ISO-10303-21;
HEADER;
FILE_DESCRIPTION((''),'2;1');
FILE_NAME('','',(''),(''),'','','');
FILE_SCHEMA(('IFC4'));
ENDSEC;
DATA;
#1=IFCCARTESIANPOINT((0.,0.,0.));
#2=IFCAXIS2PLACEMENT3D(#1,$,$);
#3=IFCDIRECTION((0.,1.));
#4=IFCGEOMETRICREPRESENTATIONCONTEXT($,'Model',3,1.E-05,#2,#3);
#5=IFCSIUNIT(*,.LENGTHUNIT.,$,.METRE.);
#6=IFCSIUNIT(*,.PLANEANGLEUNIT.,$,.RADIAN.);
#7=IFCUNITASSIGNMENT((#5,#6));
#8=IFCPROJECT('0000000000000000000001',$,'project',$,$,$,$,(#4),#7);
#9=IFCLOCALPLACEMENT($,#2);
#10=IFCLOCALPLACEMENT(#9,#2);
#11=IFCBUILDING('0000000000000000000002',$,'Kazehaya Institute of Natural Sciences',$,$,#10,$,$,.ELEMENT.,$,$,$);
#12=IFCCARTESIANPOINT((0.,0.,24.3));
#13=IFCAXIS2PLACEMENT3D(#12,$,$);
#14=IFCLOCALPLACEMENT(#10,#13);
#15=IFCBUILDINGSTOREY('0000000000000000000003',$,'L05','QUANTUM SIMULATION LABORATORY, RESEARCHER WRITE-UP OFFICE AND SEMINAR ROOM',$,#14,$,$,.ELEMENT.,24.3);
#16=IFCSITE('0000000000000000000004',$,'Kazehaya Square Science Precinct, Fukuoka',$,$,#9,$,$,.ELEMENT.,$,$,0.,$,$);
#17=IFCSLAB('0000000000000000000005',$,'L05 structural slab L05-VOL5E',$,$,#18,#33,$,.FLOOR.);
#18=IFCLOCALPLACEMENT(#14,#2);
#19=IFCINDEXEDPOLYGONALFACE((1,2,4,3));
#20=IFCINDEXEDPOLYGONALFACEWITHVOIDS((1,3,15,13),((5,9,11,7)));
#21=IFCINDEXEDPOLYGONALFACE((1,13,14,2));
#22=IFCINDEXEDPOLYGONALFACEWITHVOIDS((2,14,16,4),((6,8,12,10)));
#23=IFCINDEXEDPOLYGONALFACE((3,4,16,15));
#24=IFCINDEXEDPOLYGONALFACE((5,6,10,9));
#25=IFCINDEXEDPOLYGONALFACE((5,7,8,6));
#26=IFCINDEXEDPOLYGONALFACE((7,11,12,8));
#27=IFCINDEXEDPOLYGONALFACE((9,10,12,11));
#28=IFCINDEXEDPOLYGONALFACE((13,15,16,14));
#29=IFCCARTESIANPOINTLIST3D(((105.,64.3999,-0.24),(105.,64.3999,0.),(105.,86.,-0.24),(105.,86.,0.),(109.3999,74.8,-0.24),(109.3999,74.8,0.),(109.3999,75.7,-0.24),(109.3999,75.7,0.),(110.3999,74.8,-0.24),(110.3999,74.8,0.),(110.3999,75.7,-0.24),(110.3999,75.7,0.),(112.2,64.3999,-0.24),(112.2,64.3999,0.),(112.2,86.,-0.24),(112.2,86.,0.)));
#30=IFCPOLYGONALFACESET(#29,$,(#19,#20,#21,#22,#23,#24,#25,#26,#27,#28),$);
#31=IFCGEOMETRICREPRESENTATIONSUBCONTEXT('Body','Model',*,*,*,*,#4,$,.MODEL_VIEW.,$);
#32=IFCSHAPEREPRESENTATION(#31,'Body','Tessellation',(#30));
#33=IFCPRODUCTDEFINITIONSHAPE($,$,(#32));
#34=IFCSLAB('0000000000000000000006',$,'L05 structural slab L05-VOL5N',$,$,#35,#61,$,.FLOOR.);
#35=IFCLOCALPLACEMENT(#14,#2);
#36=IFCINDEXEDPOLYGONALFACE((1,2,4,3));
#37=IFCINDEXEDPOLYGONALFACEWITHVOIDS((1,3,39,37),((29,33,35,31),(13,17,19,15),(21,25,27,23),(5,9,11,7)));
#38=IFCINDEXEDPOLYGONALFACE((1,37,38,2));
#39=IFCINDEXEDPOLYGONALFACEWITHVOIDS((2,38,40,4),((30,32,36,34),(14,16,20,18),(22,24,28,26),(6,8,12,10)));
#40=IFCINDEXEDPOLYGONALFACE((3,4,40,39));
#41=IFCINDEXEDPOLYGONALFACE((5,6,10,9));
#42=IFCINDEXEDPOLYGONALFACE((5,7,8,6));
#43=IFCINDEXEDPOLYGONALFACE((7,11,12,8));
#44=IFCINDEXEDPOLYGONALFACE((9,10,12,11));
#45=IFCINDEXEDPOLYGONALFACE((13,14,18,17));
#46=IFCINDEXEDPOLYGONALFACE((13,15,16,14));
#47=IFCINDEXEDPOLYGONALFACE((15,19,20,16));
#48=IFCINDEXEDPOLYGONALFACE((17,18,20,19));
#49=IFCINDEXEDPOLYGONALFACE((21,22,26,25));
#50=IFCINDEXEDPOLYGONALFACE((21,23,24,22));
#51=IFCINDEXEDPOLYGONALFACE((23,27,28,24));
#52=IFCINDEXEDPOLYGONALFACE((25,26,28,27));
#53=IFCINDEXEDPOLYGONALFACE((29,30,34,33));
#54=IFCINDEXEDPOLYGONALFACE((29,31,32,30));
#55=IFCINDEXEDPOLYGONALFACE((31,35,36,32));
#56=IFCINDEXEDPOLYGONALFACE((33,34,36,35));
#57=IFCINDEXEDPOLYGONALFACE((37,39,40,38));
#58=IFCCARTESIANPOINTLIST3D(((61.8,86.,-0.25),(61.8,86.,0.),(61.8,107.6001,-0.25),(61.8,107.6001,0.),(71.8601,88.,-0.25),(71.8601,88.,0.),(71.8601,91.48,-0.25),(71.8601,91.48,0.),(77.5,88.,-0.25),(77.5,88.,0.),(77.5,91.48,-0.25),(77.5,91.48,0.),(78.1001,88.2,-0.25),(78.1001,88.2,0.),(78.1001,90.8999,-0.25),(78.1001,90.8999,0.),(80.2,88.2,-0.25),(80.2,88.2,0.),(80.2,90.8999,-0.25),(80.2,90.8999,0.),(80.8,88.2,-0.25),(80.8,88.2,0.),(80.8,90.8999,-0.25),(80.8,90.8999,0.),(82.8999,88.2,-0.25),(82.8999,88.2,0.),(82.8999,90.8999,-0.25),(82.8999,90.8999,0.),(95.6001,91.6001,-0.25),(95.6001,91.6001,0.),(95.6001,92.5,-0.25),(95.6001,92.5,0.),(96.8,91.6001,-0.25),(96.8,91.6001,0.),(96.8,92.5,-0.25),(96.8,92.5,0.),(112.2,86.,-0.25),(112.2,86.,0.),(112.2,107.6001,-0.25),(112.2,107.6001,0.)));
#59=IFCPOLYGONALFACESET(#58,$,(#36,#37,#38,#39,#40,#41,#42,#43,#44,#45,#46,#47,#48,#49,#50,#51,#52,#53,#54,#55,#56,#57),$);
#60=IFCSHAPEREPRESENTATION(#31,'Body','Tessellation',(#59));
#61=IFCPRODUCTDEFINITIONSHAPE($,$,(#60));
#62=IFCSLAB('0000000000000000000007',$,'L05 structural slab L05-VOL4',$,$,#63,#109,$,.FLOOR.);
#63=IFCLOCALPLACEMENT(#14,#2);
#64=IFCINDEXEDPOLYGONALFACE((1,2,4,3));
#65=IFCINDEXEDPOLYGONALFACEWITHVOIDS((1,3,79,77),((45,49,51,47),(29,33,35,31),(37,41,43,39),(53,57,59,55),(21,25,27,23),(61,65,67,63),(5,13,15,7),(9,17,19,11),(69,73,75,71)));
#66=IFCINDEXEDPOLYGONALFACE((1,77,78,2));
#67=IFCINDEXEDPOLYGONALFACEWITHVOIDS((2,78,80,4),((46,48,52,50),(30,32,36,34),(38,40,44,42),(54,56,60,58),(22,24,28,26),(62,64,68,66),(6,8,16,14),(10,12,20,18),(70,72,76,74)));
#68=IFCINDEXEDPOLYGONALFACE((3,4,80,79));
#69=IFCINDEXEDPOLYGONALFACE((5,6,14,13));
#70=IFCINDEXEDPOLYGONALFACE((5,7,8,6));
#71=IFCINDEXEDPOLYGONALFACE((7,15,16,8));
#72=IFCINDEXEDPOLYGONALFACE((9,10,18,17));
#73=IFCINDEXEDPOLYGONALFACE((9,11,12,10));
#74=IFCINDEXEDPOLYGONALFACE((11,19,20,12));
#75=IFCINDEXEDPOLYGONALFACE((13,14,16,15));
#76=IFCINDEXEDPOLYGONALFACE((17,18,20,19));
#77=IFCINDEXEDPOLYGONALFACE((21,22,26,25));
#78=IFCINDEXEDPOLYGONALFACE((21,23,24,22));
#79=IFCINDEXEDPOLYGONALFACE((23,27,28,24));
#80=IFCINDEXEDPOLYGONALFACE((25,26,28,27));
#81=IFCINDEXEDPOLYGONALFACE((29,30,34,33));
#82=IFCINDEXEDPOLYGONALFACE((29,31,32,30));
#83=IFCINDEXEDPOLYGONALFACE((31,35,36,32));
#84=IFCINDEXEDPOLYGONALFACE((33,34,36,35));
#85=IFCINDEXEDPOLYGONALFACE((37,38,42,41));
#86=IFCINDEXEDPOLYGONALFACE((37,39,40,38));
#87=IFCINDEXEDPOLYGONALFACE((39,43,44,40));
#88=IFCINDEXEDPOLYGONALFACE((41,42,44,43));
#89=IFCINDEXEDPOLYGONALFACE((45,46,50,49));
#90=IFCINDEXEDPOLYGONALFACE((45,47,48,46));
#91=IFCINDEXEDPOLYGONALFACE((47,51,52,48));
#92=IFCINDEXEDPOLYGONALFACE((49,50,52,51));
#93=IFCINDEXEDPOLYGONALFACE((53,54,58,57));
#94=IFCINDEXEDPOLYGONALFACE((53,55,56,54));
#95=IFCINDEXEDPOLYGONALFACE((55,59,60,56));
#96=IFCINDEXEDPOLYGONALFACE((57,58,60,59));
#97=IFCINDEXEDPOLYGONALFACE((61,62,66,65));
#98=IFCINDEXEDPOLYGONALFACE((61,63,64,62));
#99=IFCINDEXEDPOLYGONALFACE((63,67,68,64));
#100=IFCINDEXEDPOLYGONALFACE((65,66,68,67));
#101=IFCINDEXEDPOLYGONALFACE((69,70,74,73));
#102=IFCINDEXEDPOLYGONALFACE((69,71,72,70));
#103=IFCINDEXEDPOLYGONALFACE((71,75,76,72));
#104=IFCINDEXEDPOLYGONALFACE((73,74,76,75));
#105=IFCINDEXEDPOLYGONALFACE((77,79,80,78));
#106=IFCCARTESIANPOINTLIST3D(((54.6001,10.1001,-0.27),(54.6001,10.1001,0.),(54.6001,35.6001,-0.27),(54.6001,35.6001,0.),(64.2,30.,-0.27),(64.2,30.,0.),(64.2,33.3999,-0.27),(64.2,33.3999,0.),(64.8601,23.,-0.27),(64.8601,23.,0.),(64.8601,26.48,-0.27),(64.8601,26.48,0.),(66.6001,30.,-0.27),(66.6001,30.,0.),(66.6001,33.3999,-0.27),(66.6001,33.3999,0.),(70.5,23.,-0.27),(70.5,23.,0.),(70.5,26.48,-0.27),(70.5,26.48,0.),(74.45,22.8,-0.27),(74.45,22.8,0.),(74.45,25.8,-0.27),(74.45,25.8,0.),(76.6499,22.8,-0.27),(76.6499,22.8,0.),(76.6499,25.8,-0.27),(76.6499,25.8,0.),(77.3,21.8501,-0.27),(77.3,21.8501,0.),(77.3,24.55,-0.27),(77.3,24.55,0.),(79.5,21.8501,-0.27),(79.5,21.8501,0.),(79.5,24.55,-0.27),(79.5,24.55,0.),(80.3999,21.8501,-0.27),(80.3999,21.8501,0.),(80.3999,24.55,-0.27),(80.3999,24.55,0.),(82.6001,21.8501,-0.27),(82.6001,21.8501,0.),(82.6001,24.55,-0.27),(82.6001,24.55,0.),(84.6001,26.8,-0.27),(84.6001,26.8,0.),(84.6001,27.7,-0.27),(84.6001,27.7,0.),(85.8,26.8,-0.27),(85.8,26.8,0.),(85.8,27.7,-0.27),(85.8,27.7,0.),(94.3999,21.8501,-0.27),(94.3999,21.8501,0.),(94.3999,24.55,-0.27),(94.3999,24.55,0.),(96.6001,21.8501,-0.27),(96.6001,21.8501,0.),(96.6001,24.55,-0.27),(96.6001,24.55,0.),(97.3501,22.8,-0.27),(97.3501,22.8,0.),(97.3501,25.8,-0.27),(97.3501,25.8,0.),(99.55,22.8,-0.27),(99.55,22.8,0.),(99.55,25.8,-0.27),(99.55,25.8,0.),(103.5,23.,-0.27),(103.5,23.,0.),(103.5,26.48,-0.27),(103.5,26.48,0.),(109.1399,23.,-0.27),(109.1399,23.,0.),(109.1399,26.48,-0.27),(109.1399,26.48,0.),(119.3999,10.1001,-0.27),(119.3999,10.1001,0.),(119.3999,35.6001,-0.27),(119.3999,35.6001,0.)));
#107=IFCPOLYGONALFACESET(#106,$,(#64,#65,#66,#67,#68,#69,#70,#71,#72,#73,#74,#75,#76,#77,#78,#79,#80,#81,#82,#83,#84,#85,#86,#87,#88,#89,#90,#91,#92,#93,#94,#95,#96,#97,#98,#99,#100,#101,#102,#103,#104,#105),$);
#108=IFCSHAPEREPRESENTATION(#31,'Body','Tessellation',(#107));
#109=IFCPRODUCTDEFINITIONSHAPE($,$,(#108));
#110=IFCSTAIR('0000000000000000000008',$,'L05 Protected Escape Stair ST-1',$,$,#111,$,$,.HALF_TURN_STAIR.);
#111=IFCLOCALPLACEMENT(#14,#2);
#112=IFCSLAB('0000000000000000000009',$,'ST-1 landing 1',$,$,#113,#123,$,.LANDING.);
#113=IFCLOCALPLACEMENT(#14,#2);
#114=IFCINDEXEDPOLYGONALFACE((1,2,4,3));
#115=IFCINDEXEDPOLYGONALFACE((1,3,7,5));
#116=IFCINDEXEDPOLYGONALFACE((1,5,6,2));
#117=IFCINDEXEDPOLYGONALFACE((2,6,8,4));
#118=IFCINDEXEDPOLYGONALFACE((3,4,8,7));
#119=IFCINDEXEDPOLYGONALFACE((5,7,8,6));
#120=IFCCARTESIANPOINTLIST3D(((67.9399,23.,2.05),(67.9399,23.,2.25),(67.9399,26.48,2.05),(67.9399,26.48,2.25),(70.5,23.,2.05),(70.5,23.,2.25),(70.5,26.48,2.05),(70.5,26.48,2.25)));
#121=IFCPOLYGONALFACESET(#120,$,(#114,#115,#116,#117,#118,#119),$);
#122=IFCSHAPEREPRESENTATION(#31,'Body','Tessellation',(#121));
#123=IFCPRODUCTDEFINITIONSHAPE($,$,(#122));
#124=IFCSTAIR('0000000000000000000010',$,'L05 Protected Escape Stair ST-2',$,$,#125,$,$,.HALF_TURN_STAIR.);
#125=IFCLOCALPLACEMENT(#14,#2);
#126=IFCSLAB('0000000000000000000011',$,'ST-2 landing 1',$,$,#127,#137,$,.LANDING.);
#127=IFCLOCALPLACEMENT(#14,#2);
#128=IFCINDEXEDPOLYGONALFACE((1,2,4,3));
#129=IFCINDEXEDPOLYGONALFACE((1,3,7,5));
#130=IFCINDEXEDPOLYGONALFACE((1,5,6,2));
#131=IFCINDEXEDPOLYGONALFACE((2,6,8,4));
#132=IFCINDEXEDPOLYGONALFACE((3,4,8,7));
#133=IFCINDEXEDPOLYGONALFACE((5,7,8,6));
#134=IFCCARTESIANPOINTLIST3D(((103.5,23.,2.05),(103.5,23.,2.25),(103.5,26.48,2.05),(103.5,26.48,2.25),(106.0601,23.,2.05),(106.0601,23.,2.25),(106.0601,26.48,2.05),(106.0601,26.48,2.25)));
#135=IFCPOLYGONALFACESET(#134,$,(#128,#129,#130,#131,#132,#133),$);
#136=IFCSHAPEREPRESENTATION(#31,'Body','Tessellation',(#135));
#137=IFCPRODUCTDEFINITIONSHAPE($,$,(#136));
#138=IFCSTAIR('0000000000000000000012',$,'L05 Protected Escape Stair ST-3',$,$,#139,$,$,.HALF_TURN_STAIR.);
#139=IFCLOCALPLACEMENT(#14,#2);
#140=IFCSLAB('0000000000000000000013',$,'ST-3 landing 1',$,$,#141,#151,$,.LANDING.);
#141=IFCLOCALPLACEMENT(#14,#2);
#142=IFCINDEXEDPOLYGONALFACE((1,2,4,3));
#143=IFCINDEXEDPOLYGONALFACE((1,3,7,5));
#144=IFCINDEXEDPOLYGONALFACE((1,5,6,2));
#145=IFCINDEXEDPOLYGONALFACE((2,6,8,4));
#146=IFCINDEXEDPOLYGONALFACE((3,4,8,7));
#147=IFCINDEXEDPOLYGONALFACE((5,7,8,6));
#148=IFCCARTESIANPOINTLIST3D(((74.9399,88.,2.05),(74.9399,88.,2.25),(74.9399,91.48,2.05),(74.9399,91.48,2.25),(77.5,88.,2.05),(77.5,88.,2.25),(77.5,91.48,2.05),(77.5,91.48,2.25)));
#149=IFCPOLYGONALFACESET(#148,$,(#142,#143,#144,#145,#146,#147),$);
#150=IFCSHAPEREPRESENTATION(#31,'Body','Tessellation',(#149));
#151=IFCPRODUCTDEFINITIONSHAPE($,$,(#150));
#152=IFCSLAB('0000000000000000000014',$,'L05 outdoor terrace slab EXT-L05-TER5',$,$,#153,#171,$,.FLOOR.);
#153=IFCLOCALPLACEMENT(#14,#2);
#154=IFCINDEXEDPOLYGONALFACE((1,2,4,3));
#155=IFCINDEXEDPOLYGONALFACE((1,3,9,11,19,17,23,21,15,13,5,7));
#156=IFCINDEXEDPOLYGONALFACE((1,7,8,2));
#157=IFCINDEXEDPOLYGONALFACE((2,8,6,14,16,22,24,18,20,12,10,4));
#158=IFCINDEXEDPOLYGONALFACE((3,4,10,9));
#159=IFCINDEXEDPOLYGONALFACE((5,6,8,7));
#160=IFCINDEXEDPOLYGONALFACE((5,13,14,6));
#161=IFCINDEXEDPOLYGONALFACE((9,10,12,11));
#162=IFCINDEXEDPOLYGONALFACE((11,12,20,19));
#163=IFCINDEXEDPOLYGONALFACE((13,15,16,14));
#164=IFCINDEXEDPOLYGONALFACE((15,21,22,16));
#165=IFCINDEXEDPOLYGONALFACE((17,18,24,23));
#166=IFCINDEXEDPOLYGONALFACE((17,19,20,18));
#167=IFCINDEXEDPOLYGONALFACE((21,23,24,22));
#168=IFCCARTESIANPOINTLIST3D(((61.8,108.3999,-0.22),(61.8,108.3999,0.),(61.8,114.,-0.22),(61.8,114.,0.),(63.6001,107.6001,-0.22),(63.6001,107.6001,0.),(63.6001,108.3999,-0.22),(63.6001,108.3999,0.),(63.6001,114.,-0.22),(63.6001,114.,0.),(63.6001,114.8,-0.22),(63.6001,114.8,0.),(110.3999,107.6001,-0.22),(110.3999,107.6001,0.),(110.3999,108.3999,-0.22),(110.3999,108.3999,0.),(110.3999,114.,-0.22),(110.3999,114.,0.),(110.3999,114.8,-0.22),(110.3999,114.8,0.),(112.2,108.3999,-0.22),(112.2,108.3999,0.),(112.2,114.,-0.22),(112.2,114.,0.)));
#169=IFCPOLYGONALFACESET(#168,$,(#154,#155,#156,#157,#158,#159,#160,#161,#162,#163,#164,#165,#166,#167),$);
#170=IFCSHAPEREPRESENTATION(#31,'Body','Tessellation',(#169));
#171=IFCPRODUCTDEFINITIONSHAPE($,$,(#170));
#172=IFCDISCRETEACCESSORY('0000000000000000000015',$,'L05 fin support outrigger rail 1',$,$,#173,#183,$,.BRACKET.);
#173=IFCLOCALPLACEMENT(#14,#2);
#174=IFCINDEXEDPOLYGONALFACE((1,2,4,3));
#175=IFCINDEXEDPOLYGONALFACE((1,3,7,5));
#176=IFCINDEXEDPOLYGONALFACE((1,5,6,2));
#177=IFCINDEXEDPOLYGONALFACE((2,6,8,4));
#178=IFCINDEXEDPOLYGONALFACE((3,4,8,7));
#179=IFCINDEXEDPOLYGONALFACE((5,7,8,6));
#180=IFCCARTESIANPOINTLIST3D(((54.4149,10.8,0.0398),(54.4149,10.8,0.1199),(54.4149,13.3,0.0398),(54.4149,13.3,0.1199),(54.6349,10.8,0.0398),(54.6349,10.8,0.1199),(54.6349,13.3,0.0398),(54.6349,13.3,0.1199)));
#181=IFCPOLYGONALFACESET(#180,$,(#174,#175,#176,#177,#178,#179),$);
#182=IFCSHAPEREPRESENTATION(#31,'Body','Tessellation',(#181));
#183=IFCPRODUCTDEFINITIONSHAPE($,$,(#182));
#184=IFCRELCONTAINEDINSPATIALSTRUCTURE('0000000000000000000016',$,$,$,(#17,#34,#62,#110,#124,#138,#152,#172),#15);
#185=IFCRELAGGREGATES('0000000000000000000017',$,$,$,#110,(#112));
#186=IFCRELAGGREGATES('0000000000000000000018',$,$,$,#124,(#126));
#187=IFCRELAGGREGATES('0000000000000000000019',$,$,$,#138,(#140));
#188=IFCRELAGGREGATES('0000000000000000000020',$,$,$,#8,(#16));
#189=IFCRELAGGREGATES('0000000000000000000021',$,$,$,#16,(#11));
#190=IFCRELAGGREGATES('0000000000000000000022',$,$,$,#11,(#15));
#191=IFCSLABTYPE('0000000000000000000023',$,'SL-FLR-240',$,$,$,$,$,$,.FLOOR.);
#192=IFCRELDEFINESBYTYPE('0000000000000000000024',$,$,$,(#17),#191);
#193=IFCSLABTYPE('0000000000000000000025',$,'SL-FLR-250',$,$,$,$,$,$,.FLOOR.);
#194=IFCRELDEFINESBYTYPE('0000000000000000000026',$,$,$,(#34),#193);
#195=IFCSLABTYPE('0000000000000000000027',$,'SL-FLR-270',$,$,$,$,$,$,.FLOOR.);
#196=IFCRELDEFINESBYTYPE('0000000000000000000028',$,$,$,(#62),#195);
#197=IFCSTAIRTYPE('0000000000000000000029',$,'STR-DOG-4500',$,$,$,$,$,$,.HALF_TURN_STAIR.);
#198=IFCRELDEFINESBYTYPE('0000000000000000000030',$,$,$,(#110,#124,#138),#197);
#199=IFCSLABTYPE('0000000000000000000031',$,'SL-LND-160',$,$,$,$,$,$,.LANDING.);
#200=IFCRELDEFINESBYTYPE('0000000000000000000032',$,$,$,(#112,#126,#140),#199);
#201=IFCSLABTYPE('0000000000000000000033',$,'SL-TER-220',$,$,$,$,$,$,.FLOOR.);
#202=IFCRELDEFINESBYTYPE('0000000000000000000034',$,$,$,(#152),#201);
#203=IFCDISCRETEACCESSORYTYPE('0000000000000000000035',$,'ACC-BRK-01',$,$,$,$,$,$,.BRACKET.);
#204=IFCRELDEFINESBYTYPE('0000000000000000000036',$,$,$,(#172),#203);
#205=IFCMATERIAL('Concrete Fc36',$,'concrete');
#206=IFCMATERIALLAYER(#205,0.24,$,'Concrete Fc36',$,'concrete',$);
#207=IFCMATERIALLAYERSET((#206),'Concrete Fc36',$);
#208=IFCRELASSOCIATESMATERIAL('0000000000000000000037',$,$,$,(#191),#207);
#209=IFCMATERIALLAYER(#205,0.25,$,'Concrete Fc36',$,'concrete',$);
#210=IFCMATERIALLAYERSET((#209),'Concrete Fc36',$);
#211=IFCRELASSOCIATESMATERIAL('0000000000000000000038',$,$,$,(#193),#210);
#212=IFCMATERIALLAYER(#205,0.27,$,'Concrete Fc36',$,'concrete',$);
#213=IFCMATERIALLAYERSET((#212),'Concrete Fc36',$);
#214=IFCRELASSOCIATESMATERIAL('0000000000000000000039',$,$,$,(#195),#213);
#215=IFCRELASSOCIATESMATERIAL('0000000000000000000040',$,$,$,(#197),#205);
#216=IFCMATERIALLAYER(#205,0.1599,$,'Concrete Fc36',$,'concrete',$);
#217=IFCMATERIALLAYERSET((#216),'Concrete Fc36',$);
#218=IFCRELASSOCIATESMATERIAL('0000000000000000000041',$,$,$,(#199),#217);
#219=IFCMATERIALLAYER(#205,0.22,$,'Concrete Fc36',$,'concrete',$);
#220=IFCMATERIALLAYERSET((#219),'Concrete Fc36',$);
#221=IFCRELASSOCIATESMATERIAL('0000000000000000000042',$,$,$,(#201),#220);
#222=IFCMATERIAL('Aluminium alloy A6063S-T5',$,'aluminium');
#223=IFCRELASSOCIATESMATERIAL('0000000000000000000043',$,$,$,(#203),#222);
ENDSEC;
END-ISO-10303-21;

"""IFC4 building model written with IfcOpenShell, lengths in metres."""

from ifc_helpers import new_model, si_unit, direction, frame, origin, origin_2d, place, context, subcontext, project, spatial, polyline, rectangle, outline, extrude, material, layer, layer_set, type_object, element, aggregate, save


model = new_model("IFC4")

# Units and contexts
model_context = context("Model", 3, precision=1e-05, world=origin(), true_north=direction((0.0, 1.0)))
body_context = subcontext(model_context, "Body", "Model", "MODEL_VIEW")
ifc_project = project(units=[si_unit("LENGTHUNIT", "METRE"), si_unit("PLANEANGLEUNIT", "RADIAN")], contexts=[model_context])

# Site, building, storey
site_placement = place(None, origin())
site = spatial("IfcSite", under=ifc_project, at=site_placement, Name="Kazehaya Square Science Precinct, Fukuoka", CompositionType="ELEMENT", RefElevation=0.0)
building_placement = place(site_placement, origin())
building = spatial("IfcBuilding", under=site, at=building_placement, Name="Kazehaya Institute of Natural Sciences", CompositionType="ELEMENT")
storey_placement = place(building_placement, frame((0.0, 0.0, 24.3)))
storey = spatial("IfcBuildingStorey", under=building, at=storey_placement, Name="L05", Description="QUANTUM SIMULATION LABORATORY, RESEARCHER WRITE-UP OFFICE AND SEMINAR ROOM", CompositionType="ELEMENT", Elevation=24.3)

# Shared definitions
ifc_material_1 = material(Name="Aluminium alloy A6063S-T5", Category="aluminium")

# Slabs
ifc_material_2 = material(Name="Concrete Fc36", Category="concrete")
ifc_layer_1 = layer(ifc_material_2, 0.24, Name="Concrete Fc36", Category="concrete")
ifc_layer_set_1 = layer_set([ifc_layer_1], Name="Concrete Fc36")
slab_type_1 = type_object("IfcSlabType", Name="SL-FLR-240", PredefinedType="FLOOR", material=ifc_layer_set_1)
slab_1_placement = place(storey_placement, frame((0.0, 0.0, -0.24)))
element("IfcSlab", 1, at=slab_1_placement, inside=storey, type_object=slab_type_1, Name="L05 structural slab L05-VOL5E", PredefinedType="FLOOR", context=body_context, shape_type="SweptSolid", body=[
    extrude(outline(polyline([(105.0, 64.3999), (112.2, 64.3999), (112.2, 86.0), (105.0, 86.0), (105.0, 64.3999)]), holes=[polyline([(109.3999, 74.8), (110.3999, 74.8), (110.3999, 75.7), (109.3999, 75.7), (109.3999, 74.8)])]), origin(), (0.0, 0.0, 1.0), 0.24),
])
ifc_layer_2 = layer(ifc_material_2, 0.25, Name="Concrete Fc36", Category="concrete")
ifc_layer_set_2 = layer_set([ifc_layer_2], Name="Concrete Fc36")
slab_type_2 = type_object("IfcSlabType", Name="SL-FLR-250", PredefinedType="FLOOR", material=ifc_layer_set_2)
slab_2_placement = place(storey_placement, frame((0.0, 0.0, -0.25)))
element("IfcSlab", 2, at=slab_2_placement, inside=storey, type_object=slab_type_2, Name="L05 structural slab L05-VOL5N", PredefinedType="FLOOR", context=body_context, shape_type="SweptSolid", body=[
    extrude(outline(polyline([(61.8, 86.0), (112.2, 86.0), (112.2, 107.6001), (61.8, 107.6001), (61.8, 86.0)]), holes=[polyline([(95.6001, 91.6001), (96.8, 91.6001), (96.8, 92.5), (95.6001, 92.5), (95.6001, 91.6001)]), polyline([(71.8601, 88.0), (77.5, 88.0), (77.5, 91.48), (71.8601, 91.48), (71.8601, 88.0)]), polyline([(78.1001, 88.2), (80.2, 88.2), (80.2, 90.8999), (78.1001, 90.8999), (78.1001, 88.2)]), polyline([(80.8, 88.2), (82.8999, 88.2), (82.8999, 90.8999), (80.8, 90.8999), (80.8, 88.2)])]), origin(), (0.0, 0.0, 1.0), 0.25),
])
ifc_layer_3 = layer(ifc_material_2, 0.27, Name="Concrete Fc36", Category="concrete")
ifc_layer_set_3 = layer_set([ifc_layer_3], Name="Concrete Fc36")
slab_type_3 = type_object("IfcSlabType", Name="SL-FLR-270", PredefinedType="FLOOR", material=ifc_layer_set_3)
slab_3_placement = place(storey_placement, frame((0.0, 0.0, -0.27)))
element("IfcSlab", 3, at=slab_3_placement, inside=storey, type_object=slab_type_3, Name="L05 structural slab L05-VOL4", PredefinedType="FLOOR", context=body_context, shape_type="SweptSolid", body=[
    extrude(outline(polyline([(54.6001, 10.1001), (119.3999, 10.1001), (119.3999, 35.6001), (54.6001, 35.6001), (54.6001, 10.1001)]), holes=[polyline([(84.6001, 26.8), (85.8, 26.8), (85.8, 27.7), (84.6001, 27.7), (84.6001, 26.8)]), polyline([(64.8601, 23.0), (70.5, 23.0), (70.5, 26.48), (64.8601, 26.48), (64.8601, 23.0)]), polyline([(103.5, 23.0), (109.1399, 23.0), (109.1399, 26.48), (103.5, 26.48), (103.5, 23.0)]), polyline([(74.45, 22.8), (76.6499, 22.8), (76.6499, 25.8), (74.45, 25.8), (74.45, 22.8)]), polyline([(97.3501, 22.8), (99.55, 22.8), (99.55, 25.8), (97.3501, 25.8), (97.3501, 22.8)]), polyline([(77.3, 21.8501), (79.5, 21.8501), (79.5, 24.55), (77.3, 24.55), (77.3, 21.8501)]), polyline([(80.3999, 21.8501), (82.6001, 21.8501), (82.6001, 24.55), (80.3999, 24.55), (80.3999, 21.8501)]), polyline([(94.3999, 21.8501), (96.6001, 21.8501), (96.6001, 24.55), (94.3999, 24.55), (94.3999, 21.8501)]), polyline([(64.2, 30.0), (66.6001, 30.0), (66.6001, 33.3999), (64.2, 33.3999), (64.2, 30.0)])]), origin(), (0.0, 0.0, 1.0), 0.27),
])

# Stairs, slabs
stair_type = type_object("IfcStairType", Name="STR-DOG-4500", PredefinedType="HALF_TURN_STAIR", material=ifc_material_2)
stair_1_placement = place(storey_placement, origin())
stair_1 = element("IfcStair", 4, at=stair_1_placement, inside=storey, type_object=stair_type, Name="L05 Protected Escape Stair ST-1", PredefinedType="HALF_TURN_STAIR")
ifc_layer_4 = layer(ifc_material_2, 0.1599, Name="Concrete Fc36", Category="concrete")
ifc_layer_set_4 = layer_set([ifc_layer_4], Name="Concrete Fc36")
slab_type_4 = type_object("IfcSlabType", Name="SL-LND-160", PredefinedType="LANDING", material=ifc_layer_set_4)
slab_4_placement = place(storey_placement, frame((0.0, 0.0, 2.05)))
slab_4 = element("IfcSlab", 5, at=slab_4_placement, type_object=slab_type_4, Name="ST-1 landing 1", PredefinedType="LANDING", context=body_context, shape_type="SweptSolid", body=[
    extrude(outline(polyline([(67.9399, 23.0), (70.5, 23.0), (70.5, 26.48), (67.9399, 26.48), (67.9399, 23.0)])), origin(), (0.0, 0.0, 1.0), 0.2),
])
aggregate(stair_1, [slab_4])
stair_2_placement = place(storey_placement, origin())
stair_2 = element("IfcStair", 6, at=stair_2_placement, inside=storey, type_object=stair_type, Name="L05 Protected Escape Stair ST-2", PredefinedType="HALF_TURN_STAIR")
slab_5_placement = place(storey_placement, frame((0.0, 0.0, 2.05)))
slab_5 = element("IfcSlab", 7, at=slab_5_placement, type_object=slab_type_4, Name="ST-2 landing 1", PredefinedType="LANDING", context=body_context, shape_type="SweptSolid", body=[
    extrude(outline(polyline([(106.0601, 26.48), (103.5, 26.48), (103.5, 23.0), (106.0601, 23.0), (106.0601, 26.48)])), origin(), (0.0, 0.0, 1.0), 0.2),
])
aggregate(stair_2, [slab_5])
stair_3_placement = place(storey_placement, origin())
stair_3 = element("IfcStair", 8, at=stair_3_placement, inside=storey, type_object=stair_type, Name="L05 Protected Escape Stair ST-3", PredefinedType="HALF_TURN_STAIR")
slab_6_placement = place(storey_placement, frame((0.0, 0.0, 2.05)))
slab_6 = element("IfcSlab", 9, at=slab_6_placement, type_object=slab_type_4, Name="ST-3 landing 1", PredefinedType="LANDING", context=body_context, shape_type="SweptSolid", body=[
    extrude(outline(polyline([(74.9399, 88.0), (77.5, 88.0), (77.5, 91.48), (74.9399, 91.48), (74.9399, 88.0)])), origin(), (0.0, 0.0, 1.0), 0.2),
])
aggregate(stair_3, [slab_6])

# Slab
ifc_layer_5 = layer(ifc_material_2, 0.22, Name="Concrete Fc36", Category="concrete")
ifc_layer_set_5 = layer_set([ifc_layer_5], Name="Concrete Fc36")
slab_type_5 = type_object("IfcSlabType", Name="SL-TER-220", PredefinedType="FLOOR", material=ifc_layer_set_5)
slab_7_placement = place(storey_placement, frame((0.0, 0.0, -0.22)))
element("IfcSlab", 10, at=slab_7_placement, inside=storey, type_object=slab_type_5, Name="L05 outdoor terrace slab EXT-L05-TER5", PredefinedType="FLOOR", context=body_context, shape_type="SweptSolid", body=[
    extrude(outline(polyline([(63.6001, 107.6001), (110.3999, 107.6001), (110.3999, 108.3999), (112.2, 108.3999), (112.2, 114.0), (110.3999, 114.0), (110.3999, 114.8), (63.6001, 114.8), (63.6001, 114.0), (61.8, 114.0), (61.8, 108.3999), (63.6001, 108.3999), (63.6001, 107.6001)])), origin(), (0.0, 0.0, 1.0), 0.22),
])

# Discrete accessory
discrete_accessory_type = type_object("IfcDiscreteAccessoryType", Name="ACC-BRK-01", PredefinedType="BRACKET", material=ifc_material_1)
for number, where, z_axis, x_axis, name in (
    (11, (54.5249, 12.05, 0.0398), (0.0, 0.0, 1.0), (0.0, 1.0, 0.0), "L05 fin support outrigger rail 1"),
):
    element("IfcDiscreteAccessory", number, at=place(storey_placement, frame(where, z_axis=z_axis, x_axis=x_axis)), inside=storey, type_object=discrete_accessory_type, Name=name, PredefinedType="BRACKET", context=body_context, shape_type="SweptSolid", body=[
        extrude(rectangle(XDim=2.5, YDim=0.22, at=origin_2d()), origin(), (0.0, 0.0, 1.0), 0.0801),
    ])

save(model, "model.ifc")
